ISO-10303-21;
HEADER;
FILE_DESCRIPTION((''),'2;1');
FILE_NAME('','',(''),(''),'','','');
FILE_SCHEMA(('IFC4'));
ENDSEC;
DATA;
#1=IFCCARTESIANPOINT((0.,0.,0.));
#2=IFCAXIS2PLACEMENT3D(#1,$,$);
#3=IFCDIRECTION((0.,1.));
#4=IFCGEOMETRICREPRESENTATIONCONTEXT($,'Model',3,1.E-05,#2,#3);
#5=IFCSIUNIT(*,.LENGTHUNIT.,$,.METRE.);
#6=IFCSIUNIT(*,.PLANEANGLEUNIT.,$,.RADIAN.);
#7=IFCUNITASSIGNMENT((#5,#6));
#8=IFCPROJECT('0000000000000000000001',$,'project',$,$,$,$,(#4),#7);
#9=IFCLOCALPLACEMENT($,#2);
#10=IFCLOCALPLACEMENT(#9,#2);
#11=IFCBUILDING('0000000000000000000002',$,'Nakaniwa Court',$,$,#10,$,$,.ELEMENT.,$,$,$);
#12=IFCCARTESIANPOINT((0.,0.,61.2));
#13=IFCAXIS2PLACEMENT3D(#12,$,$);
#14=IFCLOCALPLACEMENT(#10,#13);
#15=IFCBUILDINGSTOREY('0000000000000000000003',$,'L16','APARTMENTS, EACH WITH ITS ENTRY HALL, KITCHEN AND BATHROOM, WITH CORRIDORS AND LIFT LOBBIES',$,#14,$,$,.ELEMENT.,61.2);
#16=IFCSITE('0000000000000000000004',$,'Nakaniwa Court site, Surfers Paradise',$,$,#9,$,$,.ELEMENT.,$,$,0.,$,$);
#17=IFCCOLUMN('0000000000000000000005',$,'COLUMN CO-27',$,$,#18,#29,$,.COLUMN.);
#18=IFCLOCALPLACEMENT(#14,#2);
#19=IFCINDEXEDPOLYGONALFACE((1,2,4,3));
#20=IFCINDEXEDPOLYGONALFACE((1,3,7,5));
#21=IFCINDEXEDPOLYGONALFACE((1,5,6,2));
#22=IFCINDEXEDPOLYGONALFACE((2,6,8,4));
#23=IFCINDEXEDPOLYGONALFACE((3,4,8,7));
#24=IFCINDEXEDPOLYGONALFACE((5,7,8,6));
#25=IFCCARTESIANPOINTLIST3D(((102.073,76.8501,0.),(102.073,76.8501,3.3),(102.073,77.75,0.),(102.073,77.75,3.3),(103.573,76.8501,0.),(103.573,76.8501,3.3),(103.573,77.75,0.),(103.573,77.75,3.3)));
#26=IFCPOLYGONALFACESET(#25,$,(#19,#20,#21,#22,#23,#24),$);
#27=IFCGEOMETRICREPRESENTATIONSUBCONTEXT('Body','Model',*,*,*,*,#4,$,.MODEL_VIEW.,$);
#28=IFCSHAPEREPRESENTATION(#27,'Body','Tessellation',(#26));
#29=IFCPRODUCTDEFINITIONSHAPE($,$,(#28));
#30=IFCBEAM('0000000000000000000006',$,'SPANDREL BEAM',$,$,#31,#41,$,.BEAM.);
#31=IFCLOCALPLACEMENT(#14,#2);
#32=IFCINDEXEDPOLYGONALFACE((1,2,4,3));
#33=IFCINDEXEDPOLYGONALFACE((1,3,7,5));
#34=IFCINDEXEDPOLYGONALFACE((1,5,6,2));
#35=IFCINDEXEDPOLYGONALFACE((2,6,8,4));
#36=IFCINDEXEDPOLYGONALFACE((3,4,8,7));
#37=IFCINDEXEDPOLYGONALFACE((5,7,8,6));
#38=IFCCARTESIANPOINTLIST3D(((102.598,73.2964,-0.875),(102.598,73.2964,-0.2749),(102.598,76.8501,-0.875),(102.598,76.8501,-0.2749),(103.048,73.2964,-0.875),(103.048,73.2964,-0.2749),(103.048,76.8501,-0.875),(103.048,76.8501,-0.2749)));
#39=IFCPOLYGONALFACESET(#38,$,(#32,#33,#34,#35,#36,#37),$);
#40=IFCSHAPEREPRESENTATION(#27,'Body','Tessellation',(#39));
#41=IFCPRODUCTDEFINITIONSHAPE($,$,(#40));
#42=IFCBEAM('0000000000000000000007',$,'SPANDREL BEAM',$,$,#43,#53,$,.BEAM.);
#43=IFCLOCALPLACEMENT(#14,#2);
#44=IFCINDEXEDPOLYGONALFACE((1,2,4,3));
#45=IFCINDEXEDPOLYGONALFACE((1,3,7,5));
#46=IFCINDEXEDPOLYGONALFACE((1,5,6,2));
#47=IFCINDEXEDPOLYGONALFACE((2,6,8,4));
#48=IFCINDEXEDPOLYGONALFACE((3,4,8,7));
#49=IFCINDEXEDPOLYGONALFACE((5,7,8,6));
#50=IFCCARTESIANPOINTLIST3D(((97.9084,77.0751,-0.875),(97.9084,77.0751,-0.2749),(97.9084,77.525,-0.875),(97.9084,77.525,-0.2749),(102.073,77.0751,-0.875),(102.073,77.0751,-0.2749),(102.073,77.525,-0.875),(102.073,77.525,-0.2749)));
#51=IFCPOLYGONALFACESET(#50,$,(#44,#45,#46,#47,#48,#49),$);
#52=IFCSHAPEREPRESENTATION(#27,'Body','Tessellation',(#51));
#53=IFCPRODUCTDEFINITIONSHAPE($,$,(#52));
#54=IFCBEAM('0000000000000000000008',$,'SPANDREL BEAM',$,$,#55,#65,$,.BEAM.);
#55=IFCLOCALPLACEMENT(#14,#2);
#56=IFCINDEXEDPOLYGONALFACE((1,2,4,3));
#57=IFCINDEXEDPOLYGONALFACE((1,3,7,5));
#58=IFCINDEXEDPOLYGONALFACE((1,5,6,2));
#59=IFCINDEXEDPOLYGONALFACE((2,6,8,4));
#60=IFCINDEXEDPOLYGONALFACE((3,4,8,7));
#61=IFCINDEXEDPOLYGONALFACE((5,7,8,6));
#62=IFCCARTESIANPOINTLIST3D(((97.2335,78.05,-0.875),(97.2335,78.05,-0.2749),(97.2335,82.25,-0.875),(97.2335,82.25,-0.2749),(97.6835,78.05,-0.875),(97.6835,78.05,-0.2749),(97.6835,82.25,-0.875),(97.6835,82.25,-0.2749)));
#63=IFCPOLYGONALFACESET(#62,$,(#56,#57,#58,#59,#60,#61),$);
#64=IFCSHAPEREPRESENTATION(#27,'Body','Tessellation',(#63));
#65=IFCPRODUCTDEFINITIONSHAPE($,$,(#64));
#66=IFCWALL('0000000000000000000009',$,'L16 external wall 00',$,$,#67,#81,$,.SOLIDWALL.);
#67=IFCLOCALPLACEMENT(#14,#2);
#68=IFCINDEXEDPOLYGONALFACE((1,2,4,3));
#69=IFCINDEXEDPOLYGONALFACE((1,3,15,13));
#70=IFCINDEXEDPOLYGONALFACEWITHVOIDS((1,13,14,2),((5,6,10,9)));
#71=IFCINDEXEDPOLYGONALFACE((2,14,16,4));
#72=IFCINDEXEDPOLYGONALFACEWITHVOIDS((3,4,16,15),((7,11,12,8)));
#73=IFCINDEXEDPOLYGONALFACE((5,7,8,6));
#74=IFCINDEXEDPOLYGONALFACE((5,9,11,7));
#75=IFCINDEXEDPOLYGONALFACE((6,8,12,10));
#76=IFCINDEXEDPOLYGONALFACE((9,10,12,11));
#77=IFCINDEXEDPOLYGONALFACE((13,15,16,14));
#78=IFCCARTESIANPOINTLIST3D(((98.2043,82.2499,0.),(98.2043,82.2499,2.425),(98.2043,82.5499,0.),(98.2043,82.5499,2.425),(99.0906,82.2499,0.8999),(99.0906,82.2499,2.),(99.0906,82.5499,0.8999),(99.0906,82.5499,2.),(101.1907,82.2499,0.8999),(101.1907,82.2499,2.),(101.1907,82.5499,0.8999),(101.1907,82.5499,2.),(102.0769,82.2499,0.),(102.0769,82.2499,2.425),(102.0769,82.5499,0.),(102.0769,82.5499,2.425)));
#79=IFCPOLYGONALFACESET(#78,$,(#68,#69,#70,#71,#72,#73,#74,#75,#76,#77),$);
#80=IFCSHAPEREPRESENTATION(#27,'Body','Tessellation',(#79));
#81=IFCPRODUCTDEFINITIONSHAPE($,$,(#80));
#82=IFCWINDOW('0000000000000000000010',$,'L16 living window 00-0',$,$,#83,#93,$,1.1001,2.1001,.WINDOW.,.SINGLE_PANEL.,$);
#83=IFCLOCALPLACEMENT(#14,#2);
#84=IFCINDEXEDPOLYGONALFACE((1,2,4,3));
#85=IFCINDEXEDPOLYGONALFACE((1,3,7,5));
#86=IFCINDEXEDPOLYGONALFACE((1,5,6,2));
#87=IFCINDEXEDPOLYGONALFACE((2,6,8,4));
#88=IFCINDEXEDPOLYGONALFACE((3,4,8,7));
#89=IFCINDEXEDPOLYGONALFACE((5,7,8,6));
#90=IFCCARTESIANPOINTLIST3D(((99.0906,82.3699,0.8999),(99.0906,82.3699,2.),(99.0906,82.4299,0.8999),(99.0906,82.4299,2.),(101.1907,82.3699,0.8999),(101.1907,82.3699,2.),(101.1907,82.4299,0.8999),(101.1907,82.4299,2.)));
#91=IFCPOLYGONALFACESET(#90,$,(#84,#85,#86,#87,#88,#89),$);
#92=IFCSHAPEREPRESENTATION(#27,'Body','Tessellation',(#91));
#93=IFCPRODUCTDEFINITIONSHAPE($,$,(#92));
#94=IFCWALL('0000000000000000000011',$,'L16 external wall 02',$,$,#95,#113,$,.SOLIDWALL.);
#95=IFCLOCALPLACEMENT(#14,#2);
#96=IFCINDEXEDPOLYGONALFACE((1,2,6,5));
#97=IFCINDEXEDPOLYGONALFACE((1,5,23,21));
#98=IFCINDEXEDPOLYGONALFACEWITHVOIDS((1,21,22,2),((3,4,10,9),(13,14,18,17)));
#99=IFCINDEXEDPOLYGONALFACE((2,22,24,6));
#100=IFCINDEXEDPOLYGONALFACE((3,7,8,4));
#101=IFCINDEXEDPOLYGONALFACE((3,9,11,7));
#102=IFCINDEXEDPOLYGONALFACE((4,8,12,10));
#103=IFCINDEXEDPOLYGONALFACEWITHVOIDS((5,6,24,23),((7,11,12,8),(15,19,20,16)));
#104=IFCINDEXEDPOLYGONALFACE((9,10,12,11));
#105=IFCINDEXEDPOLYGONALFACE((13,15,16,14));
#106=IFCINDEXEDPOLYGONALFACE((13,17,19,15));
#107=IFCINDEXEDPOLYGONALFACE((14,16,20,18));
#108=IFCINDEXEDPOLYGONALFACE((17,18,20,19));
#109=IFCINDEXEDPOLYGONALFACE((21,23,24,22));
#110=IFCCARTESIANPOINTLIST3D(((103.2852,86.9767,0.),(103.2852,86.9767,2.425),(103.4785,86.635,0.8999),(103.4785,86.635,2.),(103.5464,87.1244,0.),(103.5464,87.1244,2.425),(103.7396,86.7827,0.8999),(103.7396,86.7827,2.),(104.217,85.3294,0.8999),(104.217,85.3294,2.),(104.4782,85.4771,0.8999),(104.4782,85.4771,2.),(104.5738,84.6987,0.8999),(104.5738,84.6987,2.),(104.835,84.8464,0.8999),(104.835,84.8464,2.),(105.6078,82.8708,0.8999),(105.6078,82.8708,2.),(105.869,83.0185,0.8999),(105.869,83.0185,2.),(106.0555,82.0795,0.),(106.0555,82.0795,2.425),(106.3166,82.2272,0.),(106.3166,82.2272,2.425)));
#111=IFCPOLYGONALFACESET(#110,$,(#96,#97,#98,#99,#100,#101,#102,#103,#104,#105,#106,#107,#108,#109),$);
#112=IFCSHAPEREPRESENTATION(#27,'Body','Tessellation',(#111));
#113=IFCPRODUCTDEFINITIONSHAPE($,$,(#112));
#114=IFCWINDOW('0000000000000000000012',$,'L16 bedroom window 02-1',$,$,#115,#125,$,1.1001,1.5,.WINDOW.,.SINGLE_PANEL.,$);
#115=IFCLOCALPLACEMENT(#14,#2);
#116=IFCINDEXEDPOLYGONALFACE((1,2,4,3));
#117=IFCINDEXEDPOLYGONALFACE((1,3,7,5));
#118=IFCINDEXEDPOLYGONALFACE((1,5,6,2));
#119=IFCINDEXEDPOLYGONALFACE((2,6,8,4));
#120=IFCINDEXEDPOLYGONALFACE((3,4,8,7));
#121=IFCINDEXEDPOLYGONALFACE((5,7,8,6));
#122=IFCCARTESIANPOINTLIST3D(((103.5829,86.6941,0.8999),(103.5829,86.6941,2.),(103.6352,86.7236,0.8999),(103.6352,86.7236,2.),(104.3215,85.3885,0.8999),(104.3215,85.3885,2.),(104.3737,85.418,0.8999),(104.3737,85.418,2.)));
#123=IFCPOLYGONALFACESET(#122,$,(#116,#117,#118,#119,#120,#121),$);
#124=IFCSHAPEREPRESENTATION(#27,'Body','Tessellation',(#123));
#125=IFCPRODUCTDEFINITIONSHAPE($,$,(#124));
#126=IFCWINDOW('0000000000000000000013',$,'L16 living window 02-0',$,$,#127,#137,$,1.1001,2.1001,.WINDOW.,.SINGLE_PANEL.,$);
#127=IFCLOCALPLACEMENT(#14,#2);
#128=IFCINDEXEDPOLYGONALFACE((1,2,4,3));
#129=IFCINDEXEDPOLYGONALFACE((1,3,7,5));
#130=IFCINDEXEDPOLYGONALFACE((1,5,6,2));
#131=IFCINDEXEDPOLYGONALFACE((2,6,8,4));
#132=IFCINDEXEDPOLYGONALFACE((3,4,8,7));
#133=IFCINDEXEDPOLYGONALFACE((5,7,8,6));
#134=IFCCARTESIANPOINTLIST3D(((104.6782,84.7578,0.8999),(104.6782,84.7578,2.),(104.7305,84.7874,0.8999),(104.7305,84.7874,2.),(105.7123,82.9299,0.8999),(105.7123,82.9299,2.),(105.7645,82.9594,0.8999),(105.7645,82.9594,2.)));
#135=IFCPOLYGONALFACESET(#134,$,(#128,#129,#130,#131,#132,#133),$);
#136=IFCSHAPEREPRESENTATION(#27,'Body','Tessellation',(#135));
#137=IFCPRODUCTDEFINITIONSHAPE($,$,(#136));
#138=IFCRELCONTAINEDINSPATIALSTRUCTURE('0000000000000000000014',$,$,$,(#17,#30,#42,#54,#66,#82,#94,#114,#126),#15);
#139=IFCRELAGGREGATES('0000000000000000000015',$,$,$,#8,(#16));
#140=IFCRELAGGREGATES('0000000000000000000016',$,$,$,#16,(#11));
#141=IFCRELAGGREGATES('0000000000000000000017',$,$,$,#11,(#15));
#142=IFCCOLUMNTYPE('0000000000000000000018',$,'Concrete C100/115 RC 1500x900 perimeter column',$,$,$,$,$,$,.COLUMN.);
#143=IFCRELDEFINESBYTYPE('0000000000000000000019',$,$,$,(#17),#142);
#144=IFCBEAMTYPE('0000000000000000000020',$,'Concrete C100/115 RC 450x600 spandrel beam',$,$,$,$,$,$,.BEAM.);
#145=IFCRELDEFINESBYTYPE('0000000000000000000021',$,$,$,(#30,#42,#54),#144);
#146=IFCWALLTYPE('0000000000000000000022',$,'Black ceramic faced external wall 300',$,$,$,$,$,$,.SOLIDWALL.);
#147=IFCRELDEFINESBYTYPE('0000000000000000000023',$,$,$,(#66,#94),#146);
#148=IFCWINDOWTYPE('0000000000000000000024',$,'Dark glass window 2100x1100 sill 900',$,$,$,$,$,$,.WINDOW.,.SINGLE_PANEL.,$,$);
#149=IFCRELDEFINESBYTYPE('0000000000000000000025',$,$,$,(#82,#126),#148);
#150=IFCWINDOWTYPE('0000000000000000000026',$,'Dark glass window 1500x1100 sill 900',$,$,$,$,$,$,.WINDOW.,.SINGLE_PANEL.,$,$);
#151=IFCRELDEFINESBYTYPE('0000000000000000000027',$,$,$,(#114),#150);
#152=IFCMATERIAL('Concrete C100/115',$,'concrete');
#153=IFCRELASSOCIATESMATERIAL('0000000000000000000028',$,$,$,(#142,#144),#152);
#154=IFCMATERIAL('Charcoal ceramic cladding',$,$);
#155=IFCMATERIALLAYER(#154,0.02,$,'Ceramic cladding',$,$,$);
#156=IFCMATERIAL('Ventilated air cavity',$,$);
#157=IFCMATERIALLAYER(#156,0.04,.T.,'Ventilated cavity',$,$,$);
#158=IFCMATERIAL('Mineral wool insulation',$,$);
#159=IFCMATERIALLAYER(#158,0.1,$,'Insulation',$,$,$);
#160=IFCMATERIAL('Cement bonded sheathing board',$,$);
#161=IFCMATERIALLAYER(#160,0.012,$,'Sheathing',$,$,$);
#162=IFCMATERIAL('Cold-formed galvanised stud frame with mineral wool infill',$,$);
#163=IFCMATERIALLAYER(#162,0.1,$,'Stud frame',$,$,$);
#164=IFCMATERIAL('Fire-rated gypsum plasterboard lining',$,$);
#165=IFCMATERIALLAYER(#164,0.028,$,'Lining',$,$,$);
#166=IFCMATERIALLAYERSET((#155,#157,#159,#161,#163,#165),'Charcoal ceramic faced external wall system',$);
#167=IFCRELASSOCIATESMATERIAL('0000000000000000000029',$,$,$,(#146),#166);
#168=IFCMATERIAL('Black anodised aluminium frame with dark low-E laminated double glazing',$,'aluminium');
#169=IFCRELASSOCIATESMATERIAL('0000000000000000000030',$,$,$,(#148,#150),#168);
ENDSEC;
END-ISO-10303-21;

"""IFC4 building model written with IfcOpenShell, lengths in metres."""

from ifc_helpers import new_model, si_unit, direction, frame, frame_2d, origin, origin_2d, place, context, subcontext, project, spatial, rectangle, extrude, material, layer, layer_set, material_profile, profile_set, type_object, element, fill, save


model = new_model("IFC4")

# Units and contexts
model_context = context("Model", 3, precision=1e-05, world=origin(), true_north=direction((0.0, 1.0)))
body_context = subcontext(model_context, "Body", "Model", "MODEL_VIEW")
ifc_project = project(units=[si_unit("LENGTHUNIT", "METRE"), si_unit("PLANEANGLEUNIT", "RADIAN")], contexts=[model_context])

# Site, building, storey
site_placement = place(None, origin())
site = spatial("IfcSite", under=ifc_project, at=site_placement, Name="Nakaniwa Court site, Surfers Paradise", CompositionType="ELEMENT", RefElevation=0.0)
building_placement = place(site_placement, origin())
building = spatial("IfcBuilding", under=site, at=building_placement, Name="Nakaniwa Court", CompositionType="ELEMENT")
storey_placement = place(building_placement, frame((0.0, 0.0, 61.2)))
storey = spatial("IfcBuildingStorey", under=building, at=storey_placement, Name="L16", Description="APARTMENTS, EACH WITH ITS ENTRY HALL, KITCHEN AND BATHROOM, WITH CORRIDORS AND LIFT LOBBIES", CompositionType="ELEMENT", Elevation=61.2)

# Column
ifc_material_1 = material(Name="Concrete C100/115", Category="concrete")
ifc_material_profile_1 = material_profile(ifc_material_1, rectangle(XDim=1.5, YDim=0.8999, at=origin_2d()), Name="Concrete C100/115 RC 1500x900 perimeter column")
ifc_profile_set_1 = profile_set([ifc_material_profile_1], Name="Concrete C100/115")
column_type = type_object("IfcColumnType", Name="Concrete C100/115 RC 1500x900 perimeter column", PredefinedType="COLUMN", material=ifc_profile_set_1)
column_placement = place(storey_placement, frame((102.823, 77.3, 0.0), z_axis=(0.0, 0.0, 1.0), x_axis=(-1.0, 0.0, 0.0)))
element("IfcColumn", 1, at=column_placement, inside=storey, type_object=column_type, Name="COLUMN CO-27", PredefinedType="COLUMN", context=body_context, shape_type="SweptSolid", body=[
    extrude(rectangle(XDim=1.5, YDim=0.8999, at=origin_2d()), origin(), (0.0, 0.0, 1.0), 3.3),
])

# Beams
ifc_material_profile_2 = material_profile(ifc_material_1, rectangle(XDim=0.45, YDim=0.6001, at=origin_2d()), Name="Concrete C100/115 RC 450x600 spandrel beam")
ifc_profile_set_2 = profile_set([ifc_material_profile_2], Name="Concrete C100/115")
beam_type = type_object("IfcBeamType", Name="Concrete C100/115 RC 450x600 spandrel beam", PredefinedType="BEAM", material=ifc_profile_set_2)
beam_1_placement = place(storey_placement, frame((102.823, 73.2964, -0.575), z_axis=(0.0, 1.0, 0.0), x_axis=(-1.0, 0.0, 0.0)))
element("IfcBeam", 2, at=beam_1_placement, inside=storey, type_object=beam_type, Name="SPANDREL BEAM", PredefinedType="BEAM", context=body_context, shape_type="SweptSolid", body=[
    extrude(rectangle(XDim=0.45, YDim=0.6001, at=origin_2d()), origin(), (0.0, 0.0, 1.0), 3.5537),
])
beam_2_placement = place(storey_placement, frame((102.073, 77.3, -0.575), z_axis=(-1.0, 0.0, 0.0), x_axis=(0.0, -1.0, 0.0)))
element("IfcBeam", 3, at=beam_2_placement, inside=storey, type_object=beam_type, Name="SPANDREL BEAM", PredefinedType="BEAM", context=body_context, shape_type="SweptSolid", body=[
    extrude(rectangle(XDim=0.45, YDim=0.6001, at=origin_2d()), origin(), (0.0, 0.0, 1.0), 4.1646),
])
beam_3_placement = place(storey_placement, frame((97.4585, 78.05, -0.575), z_axis=(0.0, 1.0, 0.0), x_axis=(-1.0, 0.0, 0.0)))
element("IfcBeam", 4, at=beam_3_placement, inside=storey, type_object=beam_type, Name="SPANDREL BEAM", PredefinedType="BEAM", context=body_context, shape_type="SweptSolid", body=[
    extrude(rectangle(XDim=0.45, YDim=0.6001, at=origin_2d()), origin(), (0.0, 0.0, 1.0), 4.2),
])

# Wall, opening, window
ifc_material_2 = material(Name="Charcoal ceramic cladding")
ifc_layer_1 = layer(ifc_material_2, 0.02, Name="Ceramic cladding")
ifc_material_3 = material(Name="Ventilated air cavity")
ifc_layer_2 = layer(ifc_material_3, 0.04, ventilated=True, Name="Ventilated cavity")
ifc_material_4 = material(Name="Mineral wool insulation")
ifc_layer_3 = layer(ifc_material_4, 0.1, Name="Insulation")
ifc_material_5 = material(Name="Cement bonded sheathing board")
ifc_layer_4 = layer(ifc_material_5, 0.012, Name="Sheathing")
ifc_material_6 = material(Name="Cold-formed galvanised stud frame with mineral wool infill")
ifc_layer_5 = layer(ifc_material_6, 0.1, Name="Stud frame")
ifc_material_7 = material(Name="Fire-rated gypsum plasterboard lining")
ifc_layer_6 = layer(ifc_material_7, 0.028, Name="Lining")
ifc_layer_set = layer_set([ifc_layer_1, ifc_layer_2, ifc_layer_3, ifc_layer_4, ifc_layer_5, ifc_layer_6], Name="Charcoal ceramic faced external wall system")
wall_type = type_object("IfcWallType", Name="Black ceramic faced external wall 300", PredefinedType="SOLIDWALL", material=ifc_layer_set)
wall_1_placement = place(storey_placement, frame((98.2043, 82.3999, 0.0), z_axis=(0.0, 0.0, 1.0), x_axis=(1.0, 0.0, 0.0)))
wall_1 = element("IfcWall", 5, at=wall_1_placement, inside=storey, type_object=wall_type, Name="L16 external wall 00", PredefinedType="SOLIDWALL", context=body_context, shape_type="SweptSolid", body=[
    extrude(rectangle(XDim=3.8726, YDim=0.3, at=frame_2d((1.9363, 0.0))), origin(), (0.0, 0.0, 1.0), 2.425),
])
opening_1_placement = place(wall_1_placement, frame((0.8862, 0.0, 0.8999)))
opening_1 = element("IfcOpeningElement", 6, at=opening_1_placement, cuts=wall_1, PredefinedType="OPENING", context=body_context, shape_type="SweptSolid", body=[
    extrude(rectangle(XDim=2.1001, YDim=1.1001, at=frame_2d((1.05, 0.55))), frame((0.0, 0.1599, 0.0), z_axis=(0.0, -1.0, 0.0), x_axis=(1.0, 0.0, 0.0)), (0.0, 0.0, 1.0), 0.3201),
])
ifc_material_8 = material(Name="Black anodised aluminium frame with dark low-E laminated double glazing", Category="aluminium")
window_type_1 = type_object("IfcWindowType", Name="Dark glass window 2100x1100 sill 900", PartitioningType="SINGLE_PANEL", PredefinedType="WINDOW", material=ifc_material_8)
window_1_placement = place(opening_1_placement, origin())
window_1 = element("IfcWindow", 7, at=window_1_placement, inside=storey, type_object=window_type_1, Name="L16 living window 00-0", OverallHeight=1.1001, OverallWidth=2.1001, PartitioningType="SINGLE_PANEL", PredefinedType="WINDOW", context=body_context, shape_type="SweptSolid", body=[
    extrude(rectangle(XDim=2.1001, YDim=1.1001, at=frame_2d((1.05, 0.55))), frame((0.0, 0.03, 0.0), z_axis=(0.0, -1.0, 0.0), x_axis=(1.0, 0.0, 0.0)), (0.0, 0.0, 1.0), 0.0601),
])
fill(opening_1, window_1)

# Wall, openings, windows
wall_2_placement = place(storey_placement, frame((106.186, 82.1533, 0.0), z_axis=(0.0, 0.0, 1.0), x_axis=(-0.492363, 0.87039, 0.0)))
wall_2 = element("IfcWall", 8, at=wall_2_placement, inside=storey, type_object=wall_type, Name="L16 external wall 02", PredefinedType="SOLIDWALL", context=body_context, shape_type="SweptSolid", body=[
    extrude(rectangle(XDim=5.6265, YDim=0.3, at=frame_2d((2.8132, 0.0))), origin(), (0.0, 0.0, 1.0), 2.425),
])
opening_2_placement = place(wall_2_placement, frame((0.9092, 0.0, 0.8999)))
opening_2 = element("IfcOpeningElement", 9, at=opening_2_placement, cuts=wall_2, PredefinedType="OPENING", context=body_context, shape_type="SweptSolid", body=[
    extrude(rectangle(XDim=2.1001, YDim=1.1001, at=frame_2d((1.05, 0.55))), frame((0.0, 0.1599, 0.0), z_axis=(0.0, -1.0, 0.0), x_axis=(1.0, 0.0, 0.0)), (0.0, 0.0, 1.0), 0.3201),
])
opening_3_placement = place(wall_2_placement, frame((3.7339, 0.0, 0.8999)))
opening_3 = element("IfcOpeningElement", 10, at=opening_3_placement, cuts=wall_2, PredefinedType="OPENING", context=body_context, shape_type="SweptSolid", body=[
    extrude(rectangle(XDim=1.5, YDim=1.1001, at=frame_2d((0.75, 0.55))), frame((0.0, 0.1599, 0.0), z_axis=(0.0, -1.0, 0.0), x_axis=(1.0, 0.0, 0.0)), (0.0, 0.0, 1.0), 0.3201),
])
window_type_2 = type_object("IfcWindowType", Name="Dark glass window 1500x1100 sill 900", PartitioningType="SINGLE_PANEL", PredefinedType="WINDOW", material=ifc_material_8)
window_2_placement = place(opening_3_placement, origin())
window_2 = element("IfcWindow", 11, at=window_2_placement, inside=storey, type_object=window_type_2, Name="L16 bedroom window 02-1", OverallHeight=1.1001, OverallWidth=1.5, PartitioningType="SINGLE_PANEL", PredefinedType="WINDOW", context=body_context, shape_type="SweptSolid", body=[
    extrude(rectangle(XDim=1.5, YDim=1.1001, at=frame_2d((0.75, 0.55))), frame((0.0, 0.03, 0.0), z_axis=(0.0, -1.0, 0.0), x_axis=(1.0, 0.0, 0.0)), (0.0, 0.0, 1.0), 0.0601),
])
fill(opening_3, window_2)
window_3_placement = place(opening_2_placement, origin())
window_3 = element("IfcWindow", 12, at=window_3_placement, inside=storey, type_object=window_type_1, Name="L16 living window 02-0", OverallHeight=1.1001, OverallWidth=2.1001, PartitioningType="SINGLE_PANEL", PredefinedType="WINDOW", context=body_context, shape_type="SweptSolid", body=[
    extrude(rectangle(XDim=2.1001, YDim=1.1001, at=frame_2d((1.05, 0.55))), frame((0.0, 0.03, 0.0), z_axis=(0.0, -1.0, 0.0), x_axis=(1.0, 0.0, 0.0)), (0.0, 0.0, 1.0), 0.0601),
])
fill(opening_2, window_3)

save(model, "model.ifc")
